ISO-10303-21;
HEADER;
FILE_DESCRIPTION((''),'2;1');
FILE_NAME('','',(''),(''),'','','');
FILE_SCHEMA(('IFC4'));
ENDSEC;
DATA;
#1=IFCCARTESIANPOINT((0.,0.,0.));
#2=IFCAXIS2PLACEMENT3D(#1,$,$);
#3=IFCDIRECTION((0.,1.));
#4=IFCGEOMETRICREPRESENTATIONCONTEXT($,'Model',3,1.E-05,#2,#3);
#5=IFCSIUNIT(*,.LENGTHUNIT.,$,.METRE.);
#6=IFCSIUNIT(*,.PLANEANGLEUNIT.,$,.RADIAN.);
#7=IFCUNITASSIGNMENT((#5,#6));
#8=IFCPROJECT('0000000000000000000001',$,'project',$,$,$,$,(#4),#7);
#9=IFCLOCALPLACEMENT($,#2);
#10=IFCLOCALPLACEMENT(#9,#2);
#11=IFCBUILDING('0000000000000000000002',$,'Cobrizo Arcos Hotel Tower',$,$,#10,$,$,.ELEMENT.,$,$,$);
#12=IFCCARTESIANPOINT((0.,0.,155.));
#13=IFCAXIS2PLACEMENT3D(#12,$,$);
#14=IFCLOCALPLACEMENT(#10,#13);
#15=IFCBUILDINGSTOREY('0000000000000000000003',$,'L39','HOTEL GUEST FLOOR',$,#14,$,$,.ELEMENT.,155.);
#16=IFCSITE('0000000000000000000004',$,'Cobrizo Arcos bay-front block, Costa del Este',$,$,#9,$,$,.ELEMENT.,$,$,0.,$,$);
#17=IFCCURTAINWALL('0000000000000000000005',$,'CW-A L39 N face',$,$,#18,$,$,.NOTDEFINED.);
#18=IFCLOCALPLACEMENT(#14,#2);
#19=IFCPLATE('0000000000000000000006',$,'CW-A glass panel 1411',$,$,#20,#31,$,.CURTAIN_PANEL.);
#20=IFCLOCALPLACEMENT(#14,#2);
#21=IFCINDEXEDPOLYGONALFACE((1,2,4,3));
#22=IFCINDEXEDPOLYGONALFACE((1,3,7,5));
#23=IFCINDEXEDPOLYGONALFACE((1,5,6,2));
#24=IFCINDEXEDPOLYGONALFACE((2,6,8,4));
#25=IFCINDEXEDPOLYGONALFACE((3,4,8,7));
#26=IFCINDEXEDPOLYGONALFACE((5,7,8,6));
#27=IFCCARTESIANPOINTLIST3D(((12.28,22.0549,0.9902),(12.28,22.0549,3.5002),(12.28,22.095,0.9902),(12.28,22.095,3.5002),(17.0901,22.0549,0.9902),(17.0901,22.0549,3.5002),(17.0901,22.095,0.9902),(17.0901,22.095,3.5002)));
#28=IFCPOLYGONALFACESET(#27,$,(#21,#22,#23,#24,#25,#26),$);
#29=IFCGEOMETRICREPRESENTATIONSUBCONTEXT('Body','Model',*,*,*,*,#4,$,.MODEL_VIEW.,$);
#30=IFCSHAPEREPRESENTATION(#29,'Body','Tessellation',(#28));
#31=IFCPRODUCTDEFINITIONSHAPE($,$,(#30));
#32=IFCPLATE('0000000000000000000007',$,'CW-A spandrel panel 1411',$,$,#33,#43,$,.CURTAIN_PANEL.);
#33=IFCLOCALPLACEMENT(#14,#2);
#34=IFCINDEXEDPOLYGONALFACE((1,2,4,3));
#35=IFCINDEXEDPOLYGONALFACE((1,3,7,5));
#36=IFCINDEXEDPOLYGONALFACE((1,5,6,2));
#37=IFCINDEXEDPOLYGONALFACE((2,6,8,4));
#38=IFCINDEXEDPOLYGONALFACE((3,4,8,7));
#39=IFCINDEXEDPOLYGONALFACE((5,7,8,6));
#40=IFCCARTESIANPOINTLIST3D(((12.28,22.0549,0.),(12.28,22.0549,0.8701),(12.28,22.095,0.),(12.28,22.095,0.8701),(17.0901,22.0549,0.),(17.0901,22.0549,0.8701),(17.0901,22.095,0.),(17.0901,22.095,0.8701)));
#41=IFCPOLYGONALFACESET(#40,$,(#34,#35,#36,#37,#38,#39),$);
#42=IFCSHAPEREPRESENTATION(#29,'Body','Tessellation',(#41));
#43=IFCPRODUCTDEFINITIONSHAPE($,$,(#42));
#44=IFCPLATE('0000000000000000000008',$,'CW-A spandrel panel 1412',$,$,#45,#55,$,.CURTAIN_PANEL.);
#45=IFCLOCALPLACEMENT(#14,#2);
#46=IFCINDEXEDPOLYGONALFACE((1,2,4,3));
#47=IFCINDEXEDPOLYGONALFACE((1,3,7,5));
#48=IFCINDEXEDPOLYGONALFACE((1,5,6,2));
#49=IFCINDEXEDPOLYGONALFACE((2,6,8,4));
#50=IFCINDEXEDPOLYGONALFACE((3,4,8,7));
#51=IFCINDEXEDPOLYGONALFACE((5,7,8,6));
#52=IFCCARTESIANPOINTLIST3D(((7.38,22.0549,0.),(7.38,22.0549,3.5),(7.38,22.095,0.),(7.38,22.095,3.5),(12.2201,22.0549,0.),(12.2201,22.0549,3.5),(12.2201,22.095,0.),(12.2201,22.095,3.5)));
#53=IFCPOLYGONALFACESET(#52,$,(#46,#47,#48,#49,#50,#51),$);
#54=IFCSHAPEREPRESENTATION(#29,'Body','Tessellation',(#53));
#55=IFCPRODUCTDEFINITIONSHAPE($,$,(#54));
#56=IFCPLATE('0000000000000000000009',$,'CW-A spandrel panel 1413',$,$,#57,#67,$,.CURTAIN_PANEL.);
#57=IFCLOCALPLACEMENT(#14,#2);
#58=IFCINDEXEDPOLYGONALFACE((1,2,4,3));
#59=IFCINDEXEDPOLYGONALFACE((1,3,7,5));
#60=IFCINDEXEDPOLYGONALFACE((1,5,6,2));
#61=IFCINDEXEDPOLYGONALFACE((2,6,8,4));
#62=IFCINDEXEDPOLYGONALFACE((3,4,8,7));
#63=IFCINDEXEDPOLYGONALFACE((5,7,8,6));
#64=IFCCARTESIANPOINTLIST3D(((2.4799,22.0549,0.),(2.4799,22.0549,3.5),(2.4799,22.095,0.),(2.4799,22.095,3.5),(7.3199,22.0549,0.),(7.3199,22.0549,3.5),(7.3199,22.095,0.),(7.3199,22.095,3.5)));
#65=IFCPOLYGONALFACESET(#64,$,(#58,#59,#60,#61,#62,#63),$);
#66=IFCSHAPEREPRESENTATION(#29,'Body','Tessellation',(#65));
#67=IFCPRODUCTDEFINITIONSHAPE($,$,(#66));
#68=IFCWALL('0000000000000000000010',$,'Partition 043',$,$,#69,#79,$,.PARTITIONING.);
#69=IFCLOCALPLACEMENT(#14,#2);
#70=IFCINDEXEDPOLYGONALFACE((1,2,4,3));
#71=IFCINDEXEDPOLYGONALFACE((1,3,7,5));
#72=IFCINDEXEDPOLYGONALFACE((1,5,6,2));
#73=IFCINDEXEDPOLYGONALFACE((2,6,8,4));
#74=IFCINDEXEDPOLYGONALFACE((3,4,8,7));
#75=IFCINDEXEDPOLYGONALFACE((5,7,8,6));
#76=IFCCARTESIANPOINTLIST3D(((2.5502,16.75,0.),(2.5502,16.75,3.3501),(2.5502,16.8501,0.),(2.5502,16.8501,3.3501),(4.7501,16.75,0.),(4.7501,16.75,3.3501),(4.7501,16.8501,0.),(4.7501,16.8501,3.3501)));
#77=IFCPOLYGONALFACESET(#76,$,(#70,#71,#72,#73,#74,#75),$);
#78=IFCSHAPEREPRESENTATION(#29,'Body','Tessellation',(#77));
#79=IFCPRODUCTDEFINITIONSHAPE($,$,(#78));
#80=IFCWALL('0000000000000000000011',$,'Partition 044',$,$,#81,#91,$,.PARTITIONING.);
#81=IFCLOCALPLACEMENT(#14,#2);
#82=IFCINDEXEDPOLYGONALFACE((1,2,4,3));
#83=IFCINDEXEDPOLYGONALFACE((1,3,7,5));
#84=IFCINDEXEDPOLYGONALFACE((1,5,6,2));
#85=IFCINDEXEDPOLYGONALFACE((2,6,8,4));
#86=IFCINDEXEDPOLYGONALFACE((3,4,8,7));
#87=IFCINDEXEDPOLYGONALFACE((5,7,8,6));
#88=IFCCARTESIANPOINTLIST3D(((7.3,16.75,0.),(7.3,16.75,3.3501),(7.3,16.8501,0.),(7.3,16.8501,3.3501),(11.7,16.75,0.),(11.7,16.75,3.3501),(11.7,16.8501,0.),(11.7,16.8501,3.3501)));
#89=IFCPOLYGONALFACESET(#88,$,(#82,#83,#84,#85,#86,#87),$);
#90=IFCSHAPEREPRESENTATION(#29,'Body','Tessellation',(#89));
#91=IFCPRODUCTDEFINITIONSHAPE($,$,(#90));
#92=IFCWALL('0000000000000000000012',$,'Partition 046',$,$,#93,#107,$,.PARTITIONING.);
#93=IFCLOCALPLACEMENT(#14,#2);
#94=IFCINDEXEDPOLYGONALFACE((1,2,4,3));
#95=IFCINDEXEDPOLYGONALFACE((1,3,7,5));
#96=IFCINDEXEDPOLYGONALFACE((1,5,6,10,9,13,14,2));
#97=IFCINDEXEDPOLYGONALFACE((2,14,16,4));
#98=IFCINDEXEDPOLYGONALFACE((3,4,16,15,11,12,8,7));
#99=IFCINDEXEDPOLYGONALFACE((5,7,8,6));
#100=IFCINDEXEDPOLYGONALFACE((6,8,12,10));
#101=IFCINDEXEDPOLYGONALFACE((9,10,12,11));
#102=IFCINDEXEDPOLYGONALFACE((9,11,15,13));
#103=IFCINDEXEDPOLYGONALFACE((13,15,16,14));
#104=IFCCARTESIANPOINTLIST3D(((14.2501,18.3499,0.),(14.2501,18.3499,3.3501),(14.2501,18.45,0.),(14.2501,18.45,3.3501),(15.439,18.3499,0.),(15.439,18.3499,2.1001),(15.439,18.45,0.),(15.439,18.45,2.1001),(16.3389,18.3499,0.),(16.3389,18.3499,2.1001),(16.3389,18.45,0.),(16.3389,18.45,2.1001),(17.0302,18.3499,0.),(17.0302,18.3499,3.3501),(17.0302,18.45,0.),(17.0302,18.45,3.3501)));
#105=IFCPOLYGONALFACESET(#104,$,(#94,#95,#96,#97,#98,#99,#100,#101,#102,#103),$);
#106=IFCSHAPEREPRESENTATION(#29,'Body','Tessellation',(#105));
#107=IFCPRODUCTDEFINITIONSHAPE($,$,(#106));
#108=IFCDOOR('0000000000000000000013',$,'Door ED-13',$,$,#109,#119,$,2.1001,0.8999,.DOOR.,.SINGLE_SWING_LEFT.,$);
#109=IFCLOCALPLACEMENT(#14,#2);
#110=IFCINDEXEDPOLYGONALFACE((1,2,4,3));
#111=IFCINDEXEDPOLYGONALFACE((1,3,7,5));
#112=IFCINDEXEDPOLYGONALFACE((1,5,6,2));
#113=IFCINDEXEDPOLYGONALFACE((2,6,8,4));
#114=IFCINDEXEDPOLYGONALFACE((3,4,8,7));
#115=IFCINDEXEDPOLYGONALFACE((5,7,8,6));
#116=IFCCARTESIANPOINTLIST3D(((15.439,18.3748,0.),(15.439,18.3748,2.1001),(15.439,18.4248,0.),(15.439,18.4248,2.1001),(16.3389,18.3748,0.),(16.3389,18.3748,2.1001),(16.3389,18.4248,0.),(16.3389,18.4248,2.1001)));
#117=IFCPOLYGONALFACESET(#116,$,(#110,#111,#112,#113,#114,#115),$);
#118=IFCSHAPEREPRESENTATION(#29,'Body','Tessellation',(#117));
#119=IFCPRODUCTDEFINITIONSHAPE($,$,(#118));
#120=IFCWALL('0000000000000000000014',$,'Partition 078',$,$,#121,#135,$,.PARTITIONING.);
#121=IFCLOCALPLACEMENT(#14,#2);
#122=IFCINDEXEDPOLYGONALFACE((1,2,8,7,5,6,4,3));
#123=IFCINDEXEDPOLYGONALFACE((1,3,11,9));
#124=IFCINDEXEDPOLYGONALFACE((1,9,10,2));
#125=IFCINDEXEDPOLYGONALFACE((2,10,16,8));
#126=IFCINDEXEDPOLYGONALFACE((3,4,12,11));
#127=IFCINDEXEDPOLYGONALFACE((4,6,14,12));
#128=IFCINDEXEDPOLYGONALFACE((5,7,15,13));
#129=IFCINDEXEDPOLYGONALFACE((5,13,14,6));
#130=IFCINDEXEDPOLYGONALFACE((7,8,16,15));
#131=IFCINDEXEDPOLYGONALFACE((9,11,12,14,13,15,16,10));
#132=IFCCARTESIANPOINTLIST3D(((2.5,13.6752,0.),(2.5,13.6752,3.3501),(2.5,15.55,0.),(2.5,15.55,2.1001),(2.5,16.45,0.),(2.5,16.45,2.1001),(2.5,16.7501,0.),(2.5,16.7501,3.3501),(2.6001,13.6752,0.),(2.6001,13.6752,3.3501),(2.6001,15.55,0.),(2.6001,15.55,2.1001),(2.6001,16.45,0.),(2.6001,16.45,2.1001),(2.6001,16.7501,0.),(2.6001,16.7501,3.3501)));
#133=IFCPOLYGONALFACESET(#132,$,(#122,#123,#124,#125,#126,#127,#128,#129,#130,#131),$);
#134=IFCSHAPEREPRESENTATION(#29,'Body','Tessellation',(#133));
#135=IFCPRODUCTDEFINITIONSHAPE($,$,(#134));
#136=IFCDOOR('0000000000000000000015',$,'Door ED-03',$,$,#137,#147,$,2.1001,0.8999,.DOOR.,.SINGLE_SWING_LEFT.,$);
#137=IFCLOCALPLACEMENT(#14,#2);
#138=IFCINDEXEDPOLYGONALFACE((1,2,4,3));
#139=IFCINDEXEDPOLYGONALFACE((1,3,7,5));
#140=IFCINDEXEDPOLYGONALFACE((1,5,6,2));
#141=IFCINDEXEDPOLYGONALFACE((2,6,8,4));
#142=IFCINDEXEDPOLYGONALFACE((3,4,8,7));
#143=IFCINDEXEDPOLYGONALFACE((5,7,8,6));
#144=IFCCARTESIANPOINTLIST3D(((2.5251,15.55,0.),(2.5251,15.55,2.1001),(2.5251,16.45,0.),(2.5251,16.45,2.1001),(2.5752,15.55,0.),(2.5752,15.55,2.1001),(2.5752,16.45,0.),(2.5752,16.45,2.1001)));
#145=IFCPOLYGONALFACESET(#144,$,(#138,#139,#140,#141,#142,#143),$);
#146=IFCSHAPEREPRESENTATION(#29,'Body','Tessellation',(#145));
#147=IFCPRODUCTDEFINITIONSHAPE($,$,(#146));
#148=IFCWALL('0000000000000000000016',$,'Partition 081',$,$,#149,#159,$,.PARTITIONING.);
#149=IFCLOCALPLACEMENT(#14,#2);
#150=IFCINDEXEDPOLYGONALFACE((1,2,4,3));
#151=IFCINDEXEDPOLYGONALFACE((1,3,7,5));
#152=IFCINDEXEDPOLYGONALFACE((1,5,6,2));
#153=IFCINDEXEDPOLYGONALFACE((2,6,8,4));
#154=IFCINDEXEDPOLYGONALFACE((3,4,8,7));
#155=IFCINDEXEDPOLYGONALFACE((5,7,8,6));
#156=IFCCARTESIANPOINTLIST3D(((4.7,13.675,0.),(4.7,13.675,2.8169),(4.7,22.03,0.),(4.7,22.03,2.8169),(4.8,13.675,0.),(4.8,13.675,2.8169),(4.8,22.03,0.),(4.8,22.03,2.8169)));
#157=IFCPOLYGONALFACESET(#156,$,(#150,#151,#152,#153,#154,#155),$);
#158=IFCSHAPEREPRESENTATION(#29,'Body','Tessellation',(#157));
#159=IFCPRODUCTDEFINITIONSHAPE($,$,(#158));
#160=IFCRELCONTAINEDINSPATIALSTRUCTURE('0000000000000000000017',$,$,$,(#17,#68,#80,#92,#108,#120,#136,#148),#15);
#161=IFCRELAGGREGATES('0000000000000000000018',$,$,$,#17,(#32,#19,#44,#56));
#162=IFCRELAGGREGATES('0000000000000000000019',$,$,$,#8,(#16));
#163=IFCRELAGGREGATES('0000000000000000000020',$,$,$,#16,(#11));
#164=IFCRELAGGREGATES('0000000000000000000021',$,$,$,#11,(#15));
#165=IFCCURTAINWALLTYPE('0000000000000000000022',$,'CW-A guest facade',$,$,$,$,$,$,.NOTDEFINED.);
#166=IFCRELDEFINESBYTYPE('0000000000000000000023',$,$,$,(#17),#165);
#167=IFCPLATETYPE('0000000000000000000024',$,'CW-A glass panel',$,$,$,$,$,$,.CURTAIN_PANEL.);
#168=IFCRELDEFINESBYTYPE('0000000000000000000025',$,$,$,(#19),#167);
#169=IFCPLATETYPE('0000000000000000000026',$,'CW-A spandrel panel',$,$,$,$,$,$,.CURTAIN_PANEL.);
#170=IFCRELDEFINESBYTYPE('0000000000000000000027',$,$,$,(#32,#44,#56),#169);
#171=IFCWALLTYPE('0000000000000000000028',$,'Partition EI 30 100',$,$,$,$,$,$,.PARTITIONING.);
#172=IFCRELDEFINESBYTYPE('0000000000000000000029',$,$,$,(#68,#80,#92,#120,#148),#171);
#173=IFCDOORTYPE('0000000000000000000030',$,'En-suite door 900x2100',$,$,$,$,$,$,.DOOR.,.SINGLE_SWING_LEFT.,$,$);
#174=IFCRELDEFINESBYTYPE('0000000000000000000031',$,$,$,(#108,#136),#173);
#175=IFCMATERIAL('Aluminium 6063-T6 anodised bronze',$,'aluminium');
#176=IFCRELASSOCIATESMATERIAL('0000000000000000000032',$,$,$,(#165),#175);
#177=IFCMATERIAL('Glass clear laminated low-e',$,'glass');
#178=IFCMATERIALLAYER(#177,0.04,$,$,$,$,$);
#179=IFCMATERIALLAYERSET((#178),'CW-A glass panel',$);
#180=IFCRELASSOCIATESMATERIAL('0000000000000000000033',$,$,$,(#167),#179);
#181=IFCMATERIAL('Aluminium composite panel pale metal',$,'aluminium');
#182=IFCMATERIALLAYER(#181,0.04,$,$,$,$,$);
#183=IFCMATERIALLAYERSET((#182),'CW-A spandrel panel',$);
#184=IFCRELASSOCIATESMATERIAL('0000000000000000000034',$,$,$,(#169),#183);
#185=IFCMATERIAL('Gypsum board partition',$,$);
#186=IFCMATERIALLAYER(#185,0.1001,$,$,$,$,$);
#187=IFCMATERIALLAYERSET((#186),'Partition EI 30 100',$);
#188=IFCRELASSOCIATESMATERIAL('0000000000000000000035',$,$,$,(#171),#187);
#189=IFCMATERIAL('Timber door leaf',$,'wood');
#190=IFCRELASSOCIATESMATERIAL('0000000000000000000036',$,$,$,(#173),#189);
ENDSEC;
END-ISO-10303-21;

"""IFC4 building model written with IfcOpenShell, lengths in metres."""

from ifc_helpers import new_model, si_unit, direction, frame, frame_2d, origin, origin_2d, place, context, subcontext, project, spatial, rectangle, extrude, material, layer, layer_set, type_object, element, fill, aggregate, save


model = new_model("IFC4")

# Units and contexts
model_context = context("Model", 3, precision=1e-05, world=origin(), true_north=direction((0.0, 1.0)))
body_context = subcontext(model_context, "Body", "Model", "MODEL_VIEW")
ifc_project = project(units=[si_unit("LENGTHUNIT", "METRE"), si_unit("PLANEANGLEUNIT", "RADIAN")], contexts=[model_context])

# Site, building, storey
site_placement = place(None, origin())
site = spatial("IfcSite", under=ifc_project, at=site_placement, Name="Cobrizo Arcos bay-front block, Costa del Este", CompositionType="ELEMENT", RefElevation=0.0)
building_placement = place(site_placement, origin())
building = spatial("IfcBuilding", under=site, at=building_placement, Name="Cobrizo Arcos Hotel Tower", CompositionType="ELEMENT")
storey_placement = place(building_placement, frame((0.0, 0.0, 155.0)))
storey = spatial("IfcBuildingStorey", under=building, at=storey_placement, Name="L39", Description="HOTEL GUEST FLOOR", CompositionType="ELEMENT", Elevation=155.0)

# Curtain wall
ifc_material_1 = material(Name="Aluminium 6063-T6 anodised bronze", Category="aluminium")
curtain_wall_type = type_object("IfcCurtainWallType", Name="CW-A guest facade", PredefinedType="NOTDEFINED", material=ifc_material_1)
curtain_wall_placement = place(storey_placement, origin())
curtain_wall = element("IfcCurtainWall", 1, at=curtain_wall_placement, inside=storey, type_object=curtain_wall_type, Name="CW-A L39 N face", PredefinedType="NOTDEFINED")

# Plates
ifc_material_2 = material(Name="Glass clear laminated low-e", Category="glass")
ifc_layer_1 = layer(ifc_material_2, 0.04)
ifc_layer_set_1 = layer_set([ifc_layer_1], Name="CW-A glass panel")
plate_type_1 = type_object("IfcPlateType", Name="CW-A glass panel", PredefinedType="CURTAIN_PANEL", material=ifc_layer_set_1)
plate_1_placement = place(storey_placement, frame((14.6851, 22.075, 0.9902), z_axis=(0.0, 0.0, 1.0), x_axis=(-1.0, 0.0, 0.0)))
plate_1 = element("IfcPlate", 2, at=plate_1_placement, type_object=plate_type_1, Name="CW-A glass panel 1411", PredefinedType="CURTAIN_PANEL", context=body_context, shape_type="SweptSolid", body=[
    extrude(rectangle(XDim=4.8101, YDim=0.04, at=origin_2d()), origin(), (0.0, 0.0, 1.0), 2.51),
])
ifc_material_3 = material(Name="Aluminium composite panel pale metal", Category="aluminium")
ifc_layer_2 = layer(ifc_material_3, 0.04)
ifc_layer_set_2 = layer_set([ifc_layer_2], Name="CW-A spandrel panel")
plate_type_2 = type_object("IfcPlateType", Name="CW-A spandrel panel", PredefinedType="CURTAIN_PANEL", material=ifc_layer_set_2)
plate_2_placement = place(storey_placement, frame((14.6851, 22.075, 0.0), z_axis=(0.0, 0.0, 1.0), x_axis=(-1.0, 0.0, 0.0)))
plate_2 = element("IfcPlate", 3, at=plate_2_placement, type_object=plate_type_2, Name="CW-A spandrel panel 1411", PredefinedType="CURTAIN_PANEL", context=body_context, shape_type="SweptSolid", body=[
    extrude(rectangle(XDim=4.8101, YDim=0.04, at=origin_2d()), origin(), (0.0, 0.0, 1.0), 0.8701),
])
plate_3_placement = place(storey_placement, frame((9.8, 22.075, 0.0), z_axis=(0.0, 0.0, 1.0), x_axis=(-1.0, 0.0, 0.0)))
plate_3 = element("IfcPlate", 4, at=plate_3_placement, type_object=plate_type_2, Name="CW-A spandrel panel 1412", PredefinedType="CURTAIN_PANEL", context=body_context, shape_type="SweptSolid", body=[
    extrude(rectangle(XDim=4.8401, YDim=0.04, at=origin_2d()), origin(), (0.0, 0.0, 1.0), 3.5),
])
plate_4_placement = place(storey_placement, frame((4.8999, 22.075, 0.0), z_axis=(0.0, 0.0, 1.0), x_axis=(-1.0, 0.0, 0.0)))
plate_4 = element("IfcPlate", 5, at=plate_4_placement, type_object=plate_type_2, Name="CW-A spandrel panel 1413", PredefinedType="CURTAIN_PANEL", context=body_context, shape_type="SweptSolid", body=[
    extrude(rectangle(XDim=4.8401, YDim=0.04, at=origin_2d()), origin(), (0.0, 0.0, 1.0), 3.5),
])
aggregate(curtain_wall, [plate_2, plate_1, plate_3, plate_4])

# Walls
ifc_material_4 = material(Name="Gypsum board partition")
ifc_layer_3 = layer(ifc_material_4, 0.1001)
ifc_layer_set_3 = layer_set([ifc_layer_3], Name="Partition EI 30 100")
wall_type = type_object("IfcWallType", Name="Partition EI 30 100", PredefinedType="PARTITIONING", material=ifc_layer_set_3)
wall_1_placement = place(storey_placement, frame((2.55, 16.8, 0.0), z_axis=(0.0, 0.0, 1.0), x_axis=(1.0, 0.0, 0.0)))
element("IfcWall", 6, at=wall_1_placement, inside=storey, type_object=wall_type, Name="Partition 043", PredefinedType="PARTITIONING", context=body_context, shape_type="SweptSolid", body=[
    extrude(rectangle(XDim=2.2, YDim=0.1001, at=frame_2d((1.1001, 0.0))), origin(), (0.0, 0.0, 1.0), 3.3501),
])
wall_2_placement = place(storey_placement, frame((7.3, 16.8, 0.0), z_axis=(0.0, 0.0, 1.0), x_axis=(1.0, 0.0, 0.0)))
element("IfcWall", 7, at=wall_2_placement, inside=storey, type_object=wall_type, Name="Partition 044", PredefinedType="PARTITIONING", context=body_context, shape_type="SweptSolid", body=[
    extrude(rectangle(XDim=4.3999, YDim=0.1001, at=frame_2d((2.2, 0.0))), origin(), (0.0, 0.0, 1.0), 3.3501),
])

# Walls, openings, doors
wall_3_placement = place(storey_placement, frame((14.25, 18.3999, 0.0), z_axis=(0.0, 0.0, 1.0), x_axis=(1.0, 0.0, 0.0)))
wall_3 = element("IfcWall", 8, at=wall_3_placement, inside=storey, type_object=wall_type, Name="Partition 046", PredefinedType="PARTITIONING", context=body_context, shape_type="SweptSolid", body=[
    extrude(rectangle(XDim=2.78, YDim=0.1001, at=frame_2d((1.3901, 0.0))), origin(), (0.0, 0.0, 1.0), 3.3501),
])
opening_1_placement = place(wall_3_placement, frame((1.189, 0.0, 0.0)))
opening_1 = element("IfcOpeningElement", 9, at=opening_1_placement, cuts=wall_3, PredefinedType="OPENING", context=body_context, shape_type="SweptSolid", body=[
    extrude(rectangle(XDim=0.8999, YDim=2.1001, at=frame_2d((0.45, 1.05))), frame((0.0, 0.062, 0.0), z_axis=(0.0, -1.0, 0.0), x_axis=(1.0, 0.0, 0.0)), (0.0, 0.0, 1.0), 0.124),
])
ifc_material_5 = material(Name="Timber door leaf", Category="wood")
door_type = type_object("IfcDoorType", Name="En-suite door 900x2100", OperationType="SINGLE_SWING_LEFT", PredefinedType="DOOR", material=ifc_material_5)
door_1_placement = place(opening_1_placement, origin())
door_1 = element("IfcDoor", 10, at=door_1_placement, inside=storey, type_object=door_type, Name="Door ED-13", OperationType="SINGLE_SWING_LEFT", OverallHeight=2.1001, OverallWidth=0.8999, PredefinedType="DOOR", context=body_context, shape_type="SweptSolid", body=[
    extrude(rectangle(XDim=0.8999, YDim=2.1001, at=frame_2d((0.45, 1.05))), frame((0.0, 0.0249, 0.0), z_axis=(0.0, -1.0, 0.0), x_axis=(1.0, 0.0, 0.0)), (0.0, 0.0, 1.0), 0.05),
])
fill(opening_1, door_1)
wall_4_placement = place(storey_placement, frame((2.55, 13.675, 0.0), z_axis=(0.0, 0.0, 1.0), x_axis=(0.0, 1.0, 0.0)))
wall_4 = element("IfcWall", 11, at=wall_4_placement, inside=storey, type_object=wall_type, Name="Partition 078", PredefinedType="PARTITIONING", context=body_context, shape_type="SweptSolid", body=[
    extrude(rectangle(XDim=3.075, YDim=0.1001, at=frame_2d((1.5376, 0.0))), origin(), (0.0, 0.0, 1.0), 3.3501),
])
opening_2_placement = place(wall_4_placement, frame((1.875, 0.0, 0.0)))
opening_2 = element("IfcOpeningElement", 12, at=opening_2_placement, cuts=wall_4, PredefinedType="OPENING", context=body_context, shape_type="SweptSolid", body=[
    extrude(rectangle(XDim=0.8999, YDim=2.1001, at=frame_2d((0.45, 1.05))), frame((0.0, 0.062, 0.0), z_axis=(0.0, -1.0, 0.0), x_axis=(1.0, 0.0, 0.0)), (0.0, 0.0, 1.0), 0.124),
])
door_2_placement = place(opening_2_placement, origin())
door_2 = element("IfcDoor", 13, at=door_2_placement, inside=storey, type_object=door_type, Name="Door ED-03", OperationType="SINGLE_SWING_LEFT", OverallHeight=2.1001, OverallWidth=0.8999, PredefinedType="DOOR", context=body_context, shape_type="SweptSolid", body=[
    extrude(rectangle(XDim=0.8999, YDim=2.1001, at=frame_2d((0.45, 1.05))), frame((0.0, 0.0249, 0.0), z_axis=(0.0, -1.0, 0.0), x_axis=(1.0, 0.0, 0.0)), (0.0, 0.0, 1.0), 0.05),
])
fill(opening_2, door_2)

# Wall
wall_5_placement = place(storey_placement, frame((4.75, 13.675, 0.0), z_axis=(0.0, 0.0, 1.0), x_axis=(0.0, 1.0, 0.0)))
element("IfcWall", 14, at=wall_5_placement, inside=storey, type_object=wall_type, Name="Partition 081", PredefinedType="PARTITIONING", context=body_context, shape_type="SweptSolid", body=[
    extrude(rectangle(XDim=8.355, YDim=0.1001, at=frame_2d((4.1775, 0.0))), origin(), (0.0, 0.0, 1.0), 2.8169),
])

save(model, "model.ifc")
